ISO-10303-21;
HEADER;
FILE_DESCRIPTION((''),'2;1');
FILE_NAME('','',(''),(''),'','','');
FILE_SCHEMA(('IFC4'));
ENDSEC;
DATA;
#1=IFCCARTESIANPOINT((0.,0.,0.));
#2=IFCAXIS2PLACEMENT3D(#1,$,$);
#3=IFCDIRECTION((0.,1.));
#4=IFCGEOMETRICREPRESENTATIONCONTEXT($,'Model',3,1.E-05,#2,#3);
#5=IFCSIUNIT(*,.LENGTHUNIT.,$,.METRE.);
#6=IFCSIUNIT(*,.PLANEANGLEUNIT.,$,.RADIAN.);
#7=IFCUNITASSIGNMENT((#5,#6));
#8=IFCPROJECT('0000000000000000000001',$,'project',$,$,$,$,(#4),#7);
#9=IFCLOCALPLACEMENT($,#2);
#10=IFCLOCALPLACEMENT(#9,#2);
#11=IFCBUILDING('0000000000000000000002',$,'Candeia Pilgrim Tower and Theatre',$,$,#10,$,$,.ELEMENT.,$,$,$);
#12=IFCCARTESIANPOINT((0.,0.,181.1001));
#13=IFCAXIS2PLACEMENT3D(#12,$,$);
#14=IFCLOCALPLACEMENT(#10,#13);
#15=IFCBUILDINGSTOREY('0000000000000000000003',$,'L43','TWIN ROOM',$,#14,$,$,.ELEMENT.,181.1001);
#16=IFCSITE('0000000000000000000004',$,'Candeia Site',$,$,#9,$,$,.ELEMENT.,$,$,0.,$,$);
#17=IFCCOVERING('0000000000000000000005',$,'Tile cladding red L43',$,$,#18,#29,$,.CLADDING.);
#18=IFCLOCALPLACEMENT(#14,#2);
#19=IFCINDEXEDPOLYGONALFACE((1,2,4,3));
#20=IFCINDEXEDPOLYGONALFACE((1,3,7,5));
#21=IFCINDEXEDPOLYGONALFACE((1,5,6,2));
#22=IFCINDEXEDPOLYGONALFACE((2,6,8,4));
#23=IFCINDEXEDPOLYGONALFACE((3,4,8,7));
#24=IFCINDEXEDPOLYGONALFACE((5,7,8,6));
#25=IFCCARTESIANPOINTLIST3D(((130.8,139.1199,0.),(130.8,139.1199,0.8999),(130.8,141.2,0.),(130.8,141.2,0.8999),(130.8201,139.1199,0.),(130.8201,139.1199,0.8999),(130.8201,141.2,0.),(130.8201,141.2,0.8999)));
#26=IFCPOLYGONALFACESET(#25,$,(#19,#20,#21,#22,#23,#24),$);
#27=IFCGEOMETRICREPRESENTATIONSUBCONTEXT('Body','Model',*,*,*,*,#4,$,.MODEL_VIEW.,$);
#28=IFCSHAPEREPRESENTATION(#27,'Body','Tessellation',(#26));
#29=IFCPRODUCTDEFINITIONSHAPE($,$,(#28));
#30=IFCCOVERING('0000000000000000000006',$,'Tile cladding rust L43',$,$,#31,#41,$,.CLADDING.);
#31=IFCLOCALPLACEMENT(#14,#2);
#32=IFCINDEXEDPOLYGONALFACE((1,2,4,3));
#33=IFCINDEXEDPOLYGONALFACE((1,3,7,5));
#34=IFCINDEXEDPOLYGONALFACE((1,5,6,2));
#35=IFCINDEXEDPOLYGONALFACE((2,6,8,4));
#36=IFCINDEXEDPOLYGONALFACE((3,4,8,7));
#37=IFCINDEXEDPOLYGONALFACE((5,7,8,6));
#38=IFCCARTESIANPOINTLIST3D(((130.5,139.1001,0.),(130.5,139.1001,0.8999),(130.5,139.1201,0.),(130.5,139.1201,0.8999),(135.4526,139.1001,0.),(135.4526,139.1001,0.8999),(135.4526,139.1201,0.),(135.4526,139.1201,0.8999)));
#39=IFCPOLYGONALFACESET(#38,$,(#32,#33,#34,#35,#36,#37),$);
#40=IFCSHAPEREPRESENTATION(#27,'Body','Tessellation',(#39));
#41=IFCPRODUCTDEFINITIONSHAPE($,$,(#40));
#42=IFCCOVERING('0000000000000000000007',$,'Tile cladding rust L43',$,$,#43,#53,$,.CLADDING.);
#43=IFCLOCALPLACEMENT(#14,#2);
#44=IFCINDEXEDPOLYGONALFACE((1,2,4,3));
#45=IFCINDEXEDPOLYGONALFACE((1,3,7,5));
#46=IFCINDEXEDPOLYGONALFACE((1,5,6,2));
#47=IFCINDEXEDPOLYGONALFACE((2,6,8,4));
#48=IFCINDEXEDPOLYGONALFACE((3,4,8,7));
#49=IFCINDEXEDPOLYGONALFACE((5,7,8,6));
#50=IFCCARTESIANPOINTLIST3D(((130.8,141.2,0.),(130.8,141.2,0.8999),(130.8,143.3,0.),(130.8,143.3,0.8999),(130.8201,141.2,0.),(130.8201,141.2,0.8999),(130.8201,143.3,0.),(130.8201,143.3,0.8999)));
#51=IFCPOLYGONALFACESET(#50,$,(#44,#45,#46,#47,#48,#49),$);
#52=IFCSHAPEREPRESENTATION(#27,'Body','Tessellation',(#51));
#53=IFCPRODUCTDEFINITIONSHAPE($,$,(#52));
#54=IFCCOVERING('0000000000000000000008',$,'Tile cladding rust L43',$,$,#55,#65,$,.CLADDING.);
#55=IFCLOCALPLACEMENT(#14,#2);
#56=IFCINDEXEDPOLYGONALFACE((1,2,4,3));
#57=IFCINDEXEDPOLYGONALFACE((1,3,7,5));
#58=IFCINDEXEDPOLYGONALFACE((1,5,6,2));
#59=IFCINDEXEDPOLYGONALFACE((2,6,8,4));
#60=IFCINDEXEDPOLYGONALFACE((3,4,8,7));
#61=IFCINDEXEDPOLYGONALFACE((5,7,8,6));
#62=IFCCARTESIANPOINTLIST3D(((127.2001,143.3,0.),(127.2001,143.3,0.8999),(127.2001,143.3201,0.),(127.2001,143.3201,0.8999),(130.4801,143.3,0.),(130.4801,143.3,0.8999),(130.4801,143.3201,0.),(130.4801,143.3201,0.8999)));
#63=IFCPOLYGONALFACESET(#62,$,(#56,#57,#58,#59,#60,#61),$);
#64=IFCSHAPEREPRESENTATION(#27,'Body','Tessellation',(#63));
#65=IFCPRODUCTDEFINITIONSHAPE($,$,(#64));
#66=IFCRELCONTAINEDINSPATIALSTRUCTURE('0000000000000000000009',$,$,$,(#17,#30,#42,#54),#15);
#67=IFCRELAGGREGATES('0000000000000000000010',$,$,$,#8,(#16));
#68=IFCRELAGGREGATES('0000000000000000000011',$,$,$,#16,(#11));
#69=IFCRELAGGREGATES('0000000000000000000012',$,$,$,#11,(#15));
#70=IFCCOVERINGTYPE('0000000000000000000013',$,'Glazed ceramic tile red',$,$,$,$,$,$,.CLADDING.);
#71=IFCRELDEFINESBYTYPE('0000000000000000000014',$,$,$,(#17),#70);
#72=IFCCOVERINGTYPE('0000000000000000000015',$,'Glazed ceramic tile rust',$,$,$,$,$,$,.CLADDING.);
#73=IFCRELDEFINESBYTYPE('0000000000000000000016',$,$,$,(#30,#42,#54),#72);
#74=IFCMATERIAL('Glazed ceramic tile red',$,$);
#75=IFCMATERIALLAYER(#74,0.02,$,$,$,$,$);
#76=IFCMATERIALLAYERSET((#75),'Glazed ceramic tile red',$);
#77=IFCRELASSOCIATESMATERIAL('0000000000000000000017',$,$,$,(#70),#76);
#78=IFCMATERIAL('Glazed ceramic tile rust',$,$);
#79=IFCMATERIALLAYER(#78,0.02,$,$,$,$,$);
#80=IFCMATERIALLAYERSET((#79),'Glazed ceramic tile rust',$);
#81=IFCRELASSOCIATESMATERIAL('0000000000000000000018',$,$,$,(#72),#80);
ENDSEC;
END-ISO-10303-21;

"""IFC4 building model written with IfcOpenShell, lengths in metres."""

from ifc_helpers import new_model, si_unit, direction, frame, origin, origin_2d, place, context, subcontext, project, spatial, rectangle, extrude, material, layer, layer_set, type_object, element, save


model = new_model("IFC4")

# Units and contexts
model_context = context("Model", 3, precision=1e-05, world=origin(), true_north=direction((0.0, 1.0)))
body_context = subcontext(model_context, "Body", "Model", "MODEL_VIEW")
ifc_project = project(units=[si_unit("LENGTHUNIT", "METRE"), si_unit("PLANEANGLEUNIT", "RADIAN")], contexts=[model_context])

# Site, building, storey
site_placement = place(None, origin())
site = spatial("IfcSite", under=ifc_project, at=site_placement, Name="Candeia Site", CompositionType="ELEMENT", RefElevation=0.0)
building_placement = place(site_placement, origin())
building = spatial("IfcBuilding", under=site, at=building_placement, Name="Candeia Pilgrim Tower and Theatre", CompositionType="ELEMENT")
storey_placement = place(building_placement, frame((0.0, 0.0, 181.1001)))
storey = spatial("IfcBuildingStorey", under=building, at=storey_placement, Name="L43", Description="TWIN ROOM", CompositionType="ELEMENT", Elevation=181.1001)

# Coverings
ifc_material_1 = material(Name="Glazed ceramic tile red")
ifc_layer_1 = layer(ifc_material_1, 0.02)
ifc_layer_set_1 = layer_set([ifc_layer_1], Name="Glazed ceramic tile red")
covering_type_1 = type_object("IfcCoveringType", Name="Glazed ceramic tile red", PredefinedType="CLADDING", material=ifc_layer_set_1)
covering_1_placement = place(storey_placement, frame((130.8101, 140.1599, 0.0), z_axis=(0.0, 0.0, 1.0), x_axis=(0.0, 1.0, 0.0)))
element("IfcCovering", 1, at=covering_1_placement, inside=storey, type_object=covering_type_1, Name="Tile cladding red L43", PredefinedType="CLADDING", context=body_context, shape_type="SweptSolid", body=[
    extrude(rectangle(XDim=2.0801, YDim=0.02, at=origin_2d()), origin(), (0.0, 0.0, 1.0), 0.8999),
])
ifc_material_2 = material(Name="Glazed ceramic tile rust")
ifc_layer_2 = layer(ifc_material_2, 0.02)
ifc_layer_set_2 = layer_set([ifc_layer_2], Name="Glazed ceramic tile rust")
covering_type_2 = type_object("IfcCoveringType", Name="Glazed ceramic tile rust", PredefinedType="CLADDING", material=ifc_layer_set_2)
covering_2_placement = place(storey_placement, frame((132.9763, 139.1101, 0.0), z_axis=(0.0, 0.0, 1.0), x_axis=(-1.0, 0.0, 0.0)))
element("IfcCovering", 2, at=covering_2_placement, inside=storey, type_object=covering_type_2, Name="Tile cladding rust L43", PredefinedType="CLADDING", context=body_context, shape_type="SweptSolid", body=[
    extrude(rectangle(XDim=4.9526, YDim=0.02, at=origin_2d()), origin(), (0.0, 0.0, 1.0), 0.8999),
])
covering_3_placement = place(storey_placement, frame((130.8101, 142.25, 0.0), z_axis=(0.0, 0.0, 1.0), x_axis=(0.0, 1.0, 0.0)))
element("IfcCovering", 3, at=covering_3_placement, inside=storey, type_object=covering_type_2, Name="Tile cladding rust L43", PredefinedType="CLADDING", context=body_context, shape_type="SweptSolid", body=[
    extrude(rectangle(XDim=2.1001, YDim=0.02, at=origin_2d()), origin(), (0.0, 0.0, 1.0), 0.8999),
])
covering_4_placement = place(storey_placement, frame((128.8401, 143.3101, 0.0), z_axis=(0.0, 0.0, 1.0), x_axis=(-1.0, 0.0, 0.0)))
element("IfcCovering", 4, at=covering_4_placement, inside=storey, type_object=covering_type_2, Name="Tile cladding rust L43", PredefinedType="CLADDING", context=body_context, shape_type="SweptSolid", body=[
    extrude(rectangle(XDim=3.28, YDim=0.02, at=origin_2d()), origin(), (0.0, 0.0, 1.0), 0.8999),
])

save(model, "model.ifc")
